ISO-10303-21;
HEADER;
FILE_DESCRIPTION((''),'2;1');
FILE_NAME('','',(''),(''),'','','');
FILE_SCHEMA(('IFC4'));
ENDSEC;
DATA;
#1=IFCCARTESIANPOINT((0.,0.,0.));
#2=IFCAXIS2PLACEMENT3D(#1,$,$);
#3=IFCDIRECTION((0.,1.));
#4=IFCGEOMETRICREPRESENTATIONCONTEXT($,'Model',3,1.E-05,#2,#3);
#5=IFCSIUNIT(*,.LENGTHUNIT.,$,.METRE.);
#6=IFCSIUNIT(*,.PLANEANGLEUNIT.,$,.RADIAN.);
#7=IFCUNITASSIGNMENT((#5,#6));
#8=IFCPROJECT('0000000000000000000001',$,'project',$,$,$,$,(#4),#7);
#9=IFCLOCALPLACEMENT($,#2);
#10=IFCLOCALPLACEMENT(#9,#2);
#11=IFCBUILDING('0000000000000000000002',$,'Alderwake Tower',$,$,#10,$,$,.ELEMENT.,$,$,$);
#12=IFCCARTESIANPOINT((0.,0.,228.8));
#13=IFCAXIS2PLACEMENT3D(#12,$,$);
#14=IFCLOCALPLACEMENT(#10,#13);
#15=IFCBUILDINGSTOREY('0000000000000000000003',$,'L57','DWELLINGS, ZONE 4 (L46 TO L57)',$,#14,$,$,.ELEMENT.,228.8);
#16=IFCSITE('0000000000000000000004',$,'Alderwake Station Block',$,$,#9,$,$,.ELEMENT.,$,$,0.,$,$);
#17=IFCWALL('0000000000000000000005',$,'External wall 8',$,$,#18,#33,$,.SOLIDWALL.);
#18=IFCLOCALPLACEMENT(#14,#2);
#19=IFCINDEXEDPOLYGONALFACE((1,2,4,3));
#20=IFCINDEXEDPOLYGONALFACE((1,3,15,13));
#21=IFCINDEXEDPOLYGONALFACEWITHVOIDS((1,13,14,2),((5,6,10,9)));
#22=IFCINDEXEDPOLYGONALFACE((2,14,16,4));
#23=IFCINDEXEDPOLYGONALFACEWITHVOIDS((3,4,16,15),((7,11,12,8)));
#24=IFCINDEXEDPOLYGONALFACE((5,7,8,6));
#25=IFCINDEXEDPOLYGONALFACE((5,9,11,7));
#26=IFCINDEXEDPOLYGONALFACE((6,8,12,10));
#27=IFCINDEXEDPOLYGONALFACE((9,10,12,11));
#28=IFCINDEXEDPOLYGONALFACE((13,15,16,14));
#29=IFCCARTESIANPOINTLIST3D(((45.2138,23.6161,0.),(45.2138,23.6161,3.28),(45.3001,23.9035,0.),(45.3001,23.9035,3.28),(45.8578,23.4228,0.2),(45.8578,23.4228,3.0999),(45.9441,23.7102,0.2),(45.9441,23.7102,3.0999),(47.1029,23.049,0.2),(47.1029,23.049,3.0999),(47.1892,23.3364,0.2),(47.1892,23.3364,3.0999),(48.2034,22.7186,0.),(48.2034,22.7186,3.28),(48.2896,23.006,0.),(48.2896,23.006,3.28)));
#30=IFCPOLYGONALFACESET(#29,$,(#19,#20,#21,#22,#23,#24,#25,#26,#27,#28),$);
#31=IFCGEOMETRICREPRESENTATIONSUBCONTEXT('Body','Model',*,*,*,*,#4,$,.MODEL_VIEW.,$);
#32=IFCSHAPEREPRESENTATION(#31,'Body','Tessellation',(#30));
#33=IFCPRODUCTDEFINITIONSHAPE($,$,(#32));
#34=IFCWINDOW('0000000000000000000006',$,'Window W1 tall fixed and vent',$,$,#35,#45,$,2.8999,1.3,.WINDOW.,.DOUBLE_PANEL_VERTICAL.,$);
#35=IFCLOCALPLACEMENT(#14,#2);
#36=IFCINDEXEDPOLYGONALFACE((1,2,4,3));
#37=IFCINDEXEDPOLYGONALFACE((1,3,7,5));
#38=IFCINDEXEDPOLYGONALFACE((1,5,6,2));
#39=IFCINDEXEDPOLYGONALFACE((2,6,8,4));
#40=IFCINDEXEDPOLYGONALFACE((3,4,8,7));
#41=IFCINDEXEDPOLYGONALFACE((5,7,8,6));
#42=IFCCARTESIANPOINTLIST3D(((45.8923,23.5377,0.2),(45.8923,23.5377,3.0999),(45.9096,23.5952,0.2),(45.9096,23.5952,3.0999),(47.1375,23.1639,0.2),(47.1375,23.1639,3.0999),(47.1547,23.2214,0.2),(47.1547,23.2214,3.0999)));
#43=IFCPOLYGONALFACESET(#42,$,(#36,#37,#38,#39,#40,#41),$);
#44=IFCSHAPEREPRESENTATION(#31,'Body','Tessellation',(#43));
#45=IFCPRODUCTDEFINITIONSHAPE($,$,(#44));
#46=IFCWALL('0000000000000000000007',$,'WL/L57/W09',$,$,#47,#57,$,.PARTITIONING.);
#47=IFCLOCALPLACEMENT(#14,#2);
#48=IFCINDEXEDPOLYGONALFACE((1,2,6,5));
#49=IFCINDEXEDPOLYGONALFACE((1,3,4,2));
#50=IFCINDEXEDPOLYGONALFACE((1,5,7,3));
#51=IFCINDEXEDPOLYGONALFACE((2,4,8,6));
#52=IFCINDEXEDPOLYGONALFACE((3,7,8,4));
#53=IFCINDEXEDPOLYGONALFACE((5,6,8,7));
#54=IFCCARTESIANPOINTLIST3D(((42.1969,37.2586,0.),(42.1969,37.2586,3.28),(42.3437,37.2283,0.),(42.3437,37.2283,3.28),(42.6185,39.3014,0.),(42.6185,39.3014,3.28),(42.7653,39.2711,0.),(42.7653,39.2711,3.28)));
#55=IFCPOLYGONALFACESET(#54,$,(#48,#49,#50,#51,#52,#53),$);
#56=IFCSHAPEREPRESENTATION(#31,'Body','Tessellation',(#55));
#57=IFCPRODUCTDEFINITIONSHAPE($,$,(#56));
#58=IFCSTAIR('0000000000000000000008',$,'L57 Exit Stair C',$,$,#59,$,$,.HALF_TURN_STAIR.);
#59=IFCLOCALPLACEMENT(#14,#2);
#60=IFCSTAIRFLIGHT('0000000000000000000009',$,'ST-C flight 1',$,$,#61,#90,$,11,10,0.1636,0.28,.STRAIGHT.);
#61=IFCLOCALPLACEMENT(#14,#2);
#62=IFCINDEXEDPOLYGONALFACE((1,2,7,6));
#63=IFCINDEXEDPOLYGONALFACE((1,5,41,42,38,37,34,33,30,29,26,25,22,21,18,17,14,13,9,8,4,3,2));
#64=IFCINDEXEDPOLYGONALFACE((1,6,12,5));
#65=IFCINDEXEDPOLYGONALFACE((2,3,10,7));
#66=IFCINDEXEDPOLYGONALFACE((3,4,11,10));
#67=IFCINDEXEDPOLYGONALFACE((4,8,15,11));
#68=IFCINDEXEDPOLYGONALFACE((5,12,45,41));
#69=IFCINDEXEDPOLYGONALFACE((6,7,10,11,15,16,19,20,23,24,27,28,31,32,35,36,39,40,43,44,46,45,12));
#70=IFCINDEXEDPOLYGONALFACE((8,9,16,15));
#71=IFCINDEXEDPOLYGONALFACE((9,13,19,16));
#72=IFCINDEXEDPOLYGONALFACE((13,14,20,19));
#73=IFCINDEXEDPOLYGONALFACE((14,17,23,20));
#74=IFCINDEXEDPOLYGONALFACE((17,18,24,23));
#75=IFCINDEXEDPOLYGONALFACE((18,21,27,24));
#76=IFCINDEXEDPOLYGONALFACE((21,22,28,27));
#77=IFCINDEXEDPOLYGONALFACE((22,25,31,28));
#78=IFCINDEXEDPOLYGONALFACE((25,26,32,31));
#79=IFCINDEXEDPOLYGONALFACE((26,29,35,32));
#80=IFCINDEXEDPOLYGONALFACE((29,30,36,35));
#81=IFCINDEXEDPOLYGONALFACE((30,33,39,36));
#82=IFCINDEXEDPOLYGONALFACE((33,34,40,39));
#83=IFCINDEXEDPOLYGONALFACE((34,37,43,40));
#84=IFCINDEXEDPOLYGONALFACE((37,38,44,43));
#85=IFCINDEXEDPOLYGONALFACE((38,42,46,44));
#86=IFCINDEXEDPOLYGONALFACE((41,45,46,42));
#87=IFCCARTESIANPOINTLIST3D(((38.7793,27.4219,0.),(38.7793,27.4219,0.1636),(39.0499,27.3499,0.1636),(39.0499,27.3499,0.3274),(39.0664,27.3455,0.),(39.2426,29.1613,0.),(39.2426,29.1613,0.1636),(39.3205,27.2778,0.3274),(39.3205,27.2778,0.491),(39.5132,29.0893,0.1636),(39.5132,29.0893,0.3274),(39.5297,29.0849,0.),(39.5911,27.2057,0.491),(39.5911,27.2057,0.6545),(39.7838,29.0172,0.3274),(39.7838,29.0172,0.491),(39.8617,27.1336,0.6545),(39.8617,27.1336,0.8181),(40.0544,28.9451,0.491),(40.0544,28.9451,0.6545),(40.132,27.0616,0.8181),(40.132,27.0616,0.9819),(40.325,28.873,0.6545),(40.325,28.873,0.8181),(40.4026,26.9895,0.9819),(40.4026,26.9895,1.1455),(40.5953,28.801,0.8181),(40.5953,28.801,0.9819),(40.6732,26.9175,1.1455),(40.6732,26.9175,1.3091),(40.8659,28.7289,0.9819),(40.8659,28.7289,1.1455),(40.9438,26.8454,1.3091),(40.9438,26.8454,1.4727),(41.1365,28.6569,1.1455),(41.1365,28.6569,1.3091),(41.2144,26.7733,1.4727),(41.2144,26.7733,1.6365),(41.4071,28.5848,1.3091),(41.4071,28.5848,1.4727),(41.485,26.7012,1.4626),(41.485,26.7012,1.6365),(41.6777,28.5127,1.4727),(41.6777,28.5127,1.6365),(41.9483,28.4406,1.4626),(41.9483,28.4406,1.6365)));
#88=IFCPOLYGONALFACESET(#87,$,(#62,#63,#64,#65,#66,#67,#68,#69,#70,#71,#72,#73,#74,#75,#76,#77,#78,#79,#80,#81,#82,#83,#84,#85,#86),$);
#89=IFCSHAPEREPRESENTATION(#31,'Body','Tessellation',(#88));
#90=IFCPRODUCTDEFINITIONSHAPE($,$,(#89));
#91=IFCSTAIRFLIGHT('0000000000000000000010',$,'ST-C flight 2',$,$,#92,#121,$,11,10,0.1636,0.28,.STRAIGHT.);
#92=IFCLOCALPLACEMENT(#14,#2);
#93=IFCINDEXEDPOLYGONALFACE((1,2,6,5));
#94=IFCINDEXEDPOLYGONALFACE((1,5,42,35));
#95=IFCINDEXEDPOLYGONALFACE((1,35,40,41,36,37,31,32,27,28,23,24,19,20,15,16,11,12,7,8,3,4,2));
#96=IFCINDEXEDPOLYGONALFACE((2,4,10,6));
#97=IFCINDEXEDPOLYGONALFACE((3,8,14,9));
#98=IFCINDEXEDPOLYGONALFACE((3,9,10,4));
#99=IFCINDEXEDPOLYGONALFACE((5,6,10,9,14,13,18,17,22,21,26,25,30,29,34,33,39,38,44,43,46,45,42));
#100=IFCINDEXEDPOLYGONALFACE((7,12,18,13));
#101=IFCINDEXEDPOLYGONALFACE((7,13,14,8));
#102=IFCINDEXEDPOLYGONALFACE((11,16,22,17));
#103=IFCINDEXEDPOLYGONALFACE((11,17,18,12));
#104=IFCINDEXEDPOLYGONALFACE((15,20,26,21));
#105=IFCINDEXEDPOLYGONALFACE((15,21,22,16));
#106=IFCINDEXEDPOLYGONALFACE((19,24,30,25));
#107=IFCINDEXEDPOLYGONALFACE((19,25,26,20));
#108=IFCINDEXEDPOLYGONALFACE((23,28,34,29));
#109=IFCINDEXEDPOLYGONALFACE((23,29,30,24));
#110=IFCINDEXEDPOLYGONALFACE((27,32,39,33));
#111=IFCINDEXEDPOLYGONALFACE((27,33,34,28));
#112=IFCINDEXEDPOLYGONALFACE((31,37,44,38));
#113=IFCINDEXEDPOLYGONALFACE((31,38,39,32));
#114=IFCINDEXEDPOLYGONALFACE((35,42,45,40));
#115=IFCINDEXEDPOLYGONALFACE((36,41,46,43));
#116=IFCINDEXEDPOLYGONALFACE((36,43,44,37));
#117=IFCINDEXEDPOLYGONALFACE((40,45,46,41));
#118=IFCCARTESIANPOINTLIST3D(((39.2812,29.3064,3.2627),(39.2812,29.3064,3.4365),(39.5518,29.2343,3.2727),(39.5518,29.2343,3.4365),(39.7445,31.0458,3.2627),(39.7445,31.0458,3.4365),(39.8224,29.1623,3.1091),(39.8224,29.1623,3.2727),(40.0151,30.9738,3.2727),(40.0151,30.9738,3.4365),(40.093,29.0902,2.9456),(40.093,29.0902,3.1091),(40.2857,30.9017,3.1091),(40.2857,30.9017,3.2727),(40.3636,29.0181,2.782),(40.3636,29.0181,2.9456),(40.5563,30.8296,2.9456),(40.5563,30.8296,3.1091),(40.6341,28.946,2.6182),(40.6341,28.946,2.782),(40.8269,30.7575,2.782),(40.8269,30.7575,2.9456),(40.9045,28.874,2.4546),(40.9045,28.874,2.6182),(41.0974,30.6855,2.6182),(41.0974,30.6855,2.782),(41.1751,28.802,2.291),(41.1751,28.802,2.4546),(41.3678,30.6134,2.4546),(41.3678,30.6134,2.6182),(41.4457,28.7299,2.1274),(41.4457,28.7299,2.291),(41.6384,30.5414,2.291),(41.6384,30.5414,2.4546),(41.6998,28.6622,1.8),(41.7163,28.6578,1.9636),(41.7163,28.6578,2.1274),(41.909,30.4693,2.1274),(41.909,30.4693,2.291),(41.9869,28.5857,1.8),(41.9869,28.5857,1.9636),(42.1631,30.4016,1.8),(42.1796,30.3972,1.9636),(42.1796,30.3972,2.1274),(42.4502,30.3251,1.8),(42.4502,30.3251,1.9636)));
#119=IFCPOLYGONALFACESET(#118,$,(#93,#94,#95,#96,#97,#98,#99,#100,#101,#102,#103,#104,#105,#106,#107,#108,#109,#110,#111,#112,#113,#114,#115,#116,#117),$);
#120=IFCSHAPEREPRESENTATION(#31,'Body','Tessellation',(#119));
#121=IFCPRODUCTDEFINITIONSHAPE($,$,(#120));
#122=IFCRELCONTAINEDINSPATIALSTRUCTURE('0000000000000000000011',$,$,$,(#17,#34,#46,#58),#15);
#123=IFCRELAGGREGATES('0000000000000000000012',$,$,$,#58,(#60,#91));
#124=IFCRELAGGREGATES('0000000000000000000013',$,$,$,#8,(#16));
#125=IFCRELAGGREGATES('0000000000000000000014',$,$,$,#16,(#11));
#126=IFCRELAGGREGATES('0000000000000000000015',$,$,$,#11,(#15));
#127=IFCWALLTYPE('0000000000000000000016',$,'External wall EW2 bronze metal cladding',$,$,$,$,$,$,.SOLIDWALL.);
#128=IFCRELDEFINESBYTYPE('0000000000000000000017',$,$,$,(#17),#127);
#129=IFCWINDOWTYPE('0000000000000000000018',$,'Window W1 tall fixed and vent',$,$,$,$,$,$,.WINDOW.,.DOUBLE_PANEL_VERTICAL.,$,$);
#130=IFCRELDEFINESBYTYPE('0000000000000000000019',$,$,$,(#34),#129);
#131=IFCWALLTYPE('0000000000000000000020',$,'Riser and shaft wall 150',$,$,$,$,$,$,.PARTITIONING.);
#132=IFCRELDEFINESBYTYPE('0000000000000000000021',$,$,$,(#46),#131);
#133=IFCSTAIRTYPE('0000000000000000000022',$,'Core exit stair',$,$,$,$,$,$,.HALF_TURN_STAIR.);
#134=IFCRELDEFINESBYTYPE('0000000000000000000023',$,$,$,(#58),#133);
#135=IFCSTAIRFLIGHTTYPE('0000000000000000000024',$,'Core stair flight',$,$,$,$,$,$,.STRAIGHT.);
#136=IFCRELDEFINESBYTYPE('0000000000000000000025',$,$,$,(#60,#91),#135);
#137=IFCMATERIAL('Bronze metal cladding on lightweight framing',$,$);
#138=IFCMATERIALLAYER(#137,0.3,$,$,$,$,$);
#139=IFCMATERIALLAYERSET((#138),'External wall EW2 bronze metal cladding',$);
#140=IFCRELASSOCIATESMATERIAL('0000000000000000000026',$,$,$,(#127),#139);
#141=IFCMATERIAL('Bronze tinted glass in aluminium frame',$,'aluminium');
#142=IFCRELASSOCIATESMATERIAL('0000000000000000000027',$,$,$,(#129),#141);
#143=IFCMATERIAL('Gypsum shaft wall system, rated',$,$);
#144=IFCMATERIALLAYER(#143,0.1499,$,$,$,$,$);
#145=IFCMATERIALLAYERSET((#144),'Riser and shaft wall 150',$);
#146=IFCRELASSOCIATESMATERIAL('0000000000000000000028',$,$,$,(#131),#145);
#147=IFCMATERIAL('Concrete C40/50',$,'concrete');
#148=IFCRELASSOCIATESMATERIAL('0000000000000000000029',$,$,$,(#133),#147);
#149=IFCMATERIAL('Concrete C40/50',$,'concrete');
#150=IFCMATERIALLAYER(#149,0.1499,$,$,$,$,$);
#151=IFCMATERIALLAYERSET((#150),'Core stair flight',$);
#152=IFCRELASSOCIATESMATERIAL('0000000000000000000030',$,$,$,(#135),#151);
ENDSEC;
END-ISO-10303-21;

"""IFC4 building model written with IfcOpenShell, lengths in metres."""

from ifc_helpers import new_model, si_unit, direction, frame, frame_2d, origin, place, context, subcontext, project, spatial, polyline, rectangle, outline, extrude, material, layer, layer_set, type_object, element, fill, aggregate, save


model = new_model("IFC4")

# Units and contexts
model_context = context("Model", 3, precision=1e-05, world=origin(), true_north=direction((0.0, 1.0)))
body_context = subcontext(model_context, "Body", "Model", "MODEL_VIEW")
ifc_project = project(units=[si_unit("LENGTHUNIT", "METRE"), si_unit("PLANEANGLEUNIT", "RADIAN")], contexts=[model_context])

# Site, building, storey
site_placement = place(None, origin())
site = spatial("IfcSite", under=ifc_project, at=site_placement, Name="Alderwake Station Block", CompositionType="ELEMENT", RefElevation=0.0)
building_placement = place(site_placement, origin())
building = spatial("IfcBuilding", under=site, at=building_placement, Name="Alderwake Tower", CompositionType="ELEMENT")
storey_placement = place(building_placement, frame((0.0, 0.0, 228.8)))
storey = spatial("IfcBuildingStorey", under=building, at=storey_placement, Name="L57", Description="DWELLINGS, ZONE 4 (L46 TO L57)", CompositionType="ELEMENT", Elevation=228.8)

# Shared definitions
ifc_material_1 = material(Name="Bronze metal cladding on lightweight framing")
ifc_layer_1 = layer(ifc_material_1, 0.3)
ifc_layer_set_1 = layer_set([ifc_layer_1], Name="External wall EW2 bronze metal cladding")
wall_type_1 = type_object("IfcWallType", Name="External wall EW2 bronze metal cladding", PredefinedType="SOLIDWALL", material=ifc_layer_set_1)
ifc_material_2 = material(Name="Bronze tinted glass in aluminium frame", Category="aluminium")
window_type = type_object("IfcWindowType", Name="Window W1 tall fixed and vent", PartitioningType="DOUBLE_PANEL_VERTICAL", PredefinedType="WINDOW", material=ifc_material_2)

# Wall, opening, window
wall_1_placement = place(storey_placement, frame((45.2571, 23.7598, 0.0), z_axis=(0.0, 0.0, 1.0), x_axis=(0.957772, -0.287527, 0.0)))
wall_1 = element("IfcWall", 1, at=wall_1_placement, inside=storey, type_object=wall_type_1, Name="External wall 8", PredefinedType="SOLIDWALL", context=body_context, shape_type="SweptSolid", body=[
    extrude(rectangle(XDim=3.1213, YDim=0.3, at=frame_2d((1.5605, 0.0))), origin(), (0.0, 0.0, 1.0), 3.28),
])
opening_1_placement = place(wall_1_placement, frame((0.6724, 0.0, 0.2)))
opening_1 = element("IfcOpeningElement", 2, at=opening_1_placement, cuts=wall_1, PredefinedType="OPENING", context=body_context, shape_type="SweptSolid", body=[
    extrude(rectangle(XDim=1.3, YDim=2.8999, at=frame_2d((0.6499, 1.45))), frame((0.0, 0.1599, 0.0), z_axis=(0.0, -1.0, 0.0), x_axis=(1.0, 0.0, 0.0)), (0.0, 0.0, 1.0), 0.3201),
])
window_1_placement = place(opening_1_placement, origin())
window_1 = element("IfcWindow", 3, at=window_1_placement, inside=storey, type_object=window_type, Name="Window W1 tall fixed and vent", OverallHeight=2.8999, OverallWidth=1.3, PartitioningType="DOUBLE_PANEL_VERTICAL", PredefinedType="WINDOW", context=body_context, shape_type="SweptSolid", body=[
    extrude(rectangle(XDim=1.3, YDim=2.8999, at=frame_2d((0.6499, 1.45))), frame((0.0, 0.03, 0.0), z_axis=(0.0, -1.0, 0.0), x_axis=(1.0, 0.0, 0.0)), (0.0, 0.0, 1.0), 0.0601),
])
fill(opening_1, window_1)

# Wall
ifc_material_3 = material(Name="Gypsum shaft wall system, rated")
ifc_layer_2 = layer(ifc_material_3, 0.1499)
ifc_layer_set_2 = layer_set([ifc_layer_2], Name="Riser and shaft wall 150")
wall_type_2 = type_object("IfcWallType", Name="Riser and shaft wall 150", PredefinedType="PARTITIONING", material=ifc_layer_set_2)
wall_2_placement = place(storey_placement, frame((42.2703, 37.2434, 0.0), z_axis=(0.0, 0.0, 1.0), x_axis=(0.202122, 0.97936, 0.0)))
element("IfcWall", 4, at=wall_2_placement, inside=storey, type_object=wall_type_2, Name="WL/L57/W09", PredefinedType="PARTITIONING", context=body_context, shape_type="SweptSolid", body=[
    extrude(rectangle(XDim=2.0859, YDim=0.1499, at=frame_2d((1.043, 0.0))), origin(), (0.0, 0.0, 1.0), 3.28),
])

# Stair, stair flights
ifc_material_4 = material(Name="Concrete C40/50", Category="concrete")
stair_type = type_object("IfcStairType", Name="Core exit stair", PredefinedType="HALF_TURN_STAIR", material=ifc_material_4)
stair_placement = place(storey_placement, origin())
stair = element("IfcStair", 5, at=stair_placement, inside=storey, type_object=stair_type, Name="L57 Exit Stair C", PredefinedType="HALF_TURN_STAIR")
ifc_material_5 = material(Name="Concrete C40/50", Category="concrete")
ifc_layer_3 = layer(ifc_material_5, 0.1499)
ifc_layer_set_3 = layer_set([ifc_layer_3], Name="Core stair flight")
stair_flight_type = type_object("IfcStairFlightType", Name="Core stair flight", PredefinedType="STRAIGHT", material=ifc_layer_set_3)
stair_flight_1_placement = place(storey_placement, frame((39.011, 28.2917, 0.0), z_axis=(0.0, 0.0, 1.0), x_axis=(0.96631, -0.257382, 0.0)))
stair_flight_1 = element("IfcStairFlight", 6, at=stair_flight_1_placement, type_object=stair_flight_type, Name="ST-C flight 1", NumberOfRisers=11, NumberOfTreads=10, PredefinedType="STRAIGHT", RiserHeight=0.1636, TreadLength=0.28, context=body_context, shape_type="SweptSolid", body=[
    extrude(outline(polyline([(0.0, 0.0), (0.0, 0.1636), (0.28, 0.1636), (0.28, 0.3274), (0.5601, 0.3274), (0.5601, 0.491), (0.8401, 0.491), (0.8401, 0.6545), (1.1201, 0.6545), (1.1201, 0.8181), (1.3999, 0.8181), (1.3999, 0.9819), (1.6799, 0.9819), (1.6799, 1.1455), (1.96, 1.1455), (1.96, 1.3091), (2.24, 1.3091), (2.24, 1.4727), (2.52, 1.4727), (2.52, 1.6365), (2.8, 1.6365), (2.8, 1.8), (2.8, 1.4626), (0.2971, 0.0), (0.0, 0.0)])), frame((0.0, 0.8999, 0.0), z_axis=(0.0, -1.0, 0.0), x_axis=(1.0, 0.0, 0.0)), (0.0, 0.0, 1.0), 1.8),
])
stair_flight_2_placement = place(storey_placement, frame((42.2185, 29.4553, 1.8), z_axis=(0.0, 0.0, 1.0), x_axis=(-0.96631, 0.257382, 0.0)))
stair_flight_2 = element("IfcStairFlight", 7, at=stair_flight_2_placement, type_object=stair_flight_type, Name="ST-C flight 2", NumberOfRisers=11, NumberOfTreads=10, PredefinedType="STRAIGHT", RiserHeight=0.1636, TreadLength=0.28, context=body_context, shape_type="SweptSolid", body=[
    extrude(outline(polyline([(0.0, 0.0), (0.0, 0.1636), (0.28, 0.1636), (0.28, 0.3274), (0.5601, 0.3274), (0.5601, 0.491), (0.8401, 0.491), (0.8401, 0.6545), (1.1201, 0.6545), (1.1201, 0.8181), (1.3999, 0.8181), (1.3999, 0.9819), (1.6799, 0.9819), (1.6799, 1.1455), (1.96, 1.1455), (1.96, 1.3091), (2.24, 1.3091), (2.24, 1.4727), (2.52, 1.4727), (2.52, 1.6365), (2.8, 1.6365), (2.8, 1.8), (2.8, 1.4626), (0.2971, 0.0), (0.0, 0.0)])), frame((0.0, 0.8999, 0.0), z_axis=(0.0, -1.0, 0.0), x_axis=(1.0, 0.0, 0.0)), (0.0, 0.0, 1.0), 1.8),
])
aggregate(stair, [stair_flight_1, stair_flight_2])

save(model, "model.ifc")
